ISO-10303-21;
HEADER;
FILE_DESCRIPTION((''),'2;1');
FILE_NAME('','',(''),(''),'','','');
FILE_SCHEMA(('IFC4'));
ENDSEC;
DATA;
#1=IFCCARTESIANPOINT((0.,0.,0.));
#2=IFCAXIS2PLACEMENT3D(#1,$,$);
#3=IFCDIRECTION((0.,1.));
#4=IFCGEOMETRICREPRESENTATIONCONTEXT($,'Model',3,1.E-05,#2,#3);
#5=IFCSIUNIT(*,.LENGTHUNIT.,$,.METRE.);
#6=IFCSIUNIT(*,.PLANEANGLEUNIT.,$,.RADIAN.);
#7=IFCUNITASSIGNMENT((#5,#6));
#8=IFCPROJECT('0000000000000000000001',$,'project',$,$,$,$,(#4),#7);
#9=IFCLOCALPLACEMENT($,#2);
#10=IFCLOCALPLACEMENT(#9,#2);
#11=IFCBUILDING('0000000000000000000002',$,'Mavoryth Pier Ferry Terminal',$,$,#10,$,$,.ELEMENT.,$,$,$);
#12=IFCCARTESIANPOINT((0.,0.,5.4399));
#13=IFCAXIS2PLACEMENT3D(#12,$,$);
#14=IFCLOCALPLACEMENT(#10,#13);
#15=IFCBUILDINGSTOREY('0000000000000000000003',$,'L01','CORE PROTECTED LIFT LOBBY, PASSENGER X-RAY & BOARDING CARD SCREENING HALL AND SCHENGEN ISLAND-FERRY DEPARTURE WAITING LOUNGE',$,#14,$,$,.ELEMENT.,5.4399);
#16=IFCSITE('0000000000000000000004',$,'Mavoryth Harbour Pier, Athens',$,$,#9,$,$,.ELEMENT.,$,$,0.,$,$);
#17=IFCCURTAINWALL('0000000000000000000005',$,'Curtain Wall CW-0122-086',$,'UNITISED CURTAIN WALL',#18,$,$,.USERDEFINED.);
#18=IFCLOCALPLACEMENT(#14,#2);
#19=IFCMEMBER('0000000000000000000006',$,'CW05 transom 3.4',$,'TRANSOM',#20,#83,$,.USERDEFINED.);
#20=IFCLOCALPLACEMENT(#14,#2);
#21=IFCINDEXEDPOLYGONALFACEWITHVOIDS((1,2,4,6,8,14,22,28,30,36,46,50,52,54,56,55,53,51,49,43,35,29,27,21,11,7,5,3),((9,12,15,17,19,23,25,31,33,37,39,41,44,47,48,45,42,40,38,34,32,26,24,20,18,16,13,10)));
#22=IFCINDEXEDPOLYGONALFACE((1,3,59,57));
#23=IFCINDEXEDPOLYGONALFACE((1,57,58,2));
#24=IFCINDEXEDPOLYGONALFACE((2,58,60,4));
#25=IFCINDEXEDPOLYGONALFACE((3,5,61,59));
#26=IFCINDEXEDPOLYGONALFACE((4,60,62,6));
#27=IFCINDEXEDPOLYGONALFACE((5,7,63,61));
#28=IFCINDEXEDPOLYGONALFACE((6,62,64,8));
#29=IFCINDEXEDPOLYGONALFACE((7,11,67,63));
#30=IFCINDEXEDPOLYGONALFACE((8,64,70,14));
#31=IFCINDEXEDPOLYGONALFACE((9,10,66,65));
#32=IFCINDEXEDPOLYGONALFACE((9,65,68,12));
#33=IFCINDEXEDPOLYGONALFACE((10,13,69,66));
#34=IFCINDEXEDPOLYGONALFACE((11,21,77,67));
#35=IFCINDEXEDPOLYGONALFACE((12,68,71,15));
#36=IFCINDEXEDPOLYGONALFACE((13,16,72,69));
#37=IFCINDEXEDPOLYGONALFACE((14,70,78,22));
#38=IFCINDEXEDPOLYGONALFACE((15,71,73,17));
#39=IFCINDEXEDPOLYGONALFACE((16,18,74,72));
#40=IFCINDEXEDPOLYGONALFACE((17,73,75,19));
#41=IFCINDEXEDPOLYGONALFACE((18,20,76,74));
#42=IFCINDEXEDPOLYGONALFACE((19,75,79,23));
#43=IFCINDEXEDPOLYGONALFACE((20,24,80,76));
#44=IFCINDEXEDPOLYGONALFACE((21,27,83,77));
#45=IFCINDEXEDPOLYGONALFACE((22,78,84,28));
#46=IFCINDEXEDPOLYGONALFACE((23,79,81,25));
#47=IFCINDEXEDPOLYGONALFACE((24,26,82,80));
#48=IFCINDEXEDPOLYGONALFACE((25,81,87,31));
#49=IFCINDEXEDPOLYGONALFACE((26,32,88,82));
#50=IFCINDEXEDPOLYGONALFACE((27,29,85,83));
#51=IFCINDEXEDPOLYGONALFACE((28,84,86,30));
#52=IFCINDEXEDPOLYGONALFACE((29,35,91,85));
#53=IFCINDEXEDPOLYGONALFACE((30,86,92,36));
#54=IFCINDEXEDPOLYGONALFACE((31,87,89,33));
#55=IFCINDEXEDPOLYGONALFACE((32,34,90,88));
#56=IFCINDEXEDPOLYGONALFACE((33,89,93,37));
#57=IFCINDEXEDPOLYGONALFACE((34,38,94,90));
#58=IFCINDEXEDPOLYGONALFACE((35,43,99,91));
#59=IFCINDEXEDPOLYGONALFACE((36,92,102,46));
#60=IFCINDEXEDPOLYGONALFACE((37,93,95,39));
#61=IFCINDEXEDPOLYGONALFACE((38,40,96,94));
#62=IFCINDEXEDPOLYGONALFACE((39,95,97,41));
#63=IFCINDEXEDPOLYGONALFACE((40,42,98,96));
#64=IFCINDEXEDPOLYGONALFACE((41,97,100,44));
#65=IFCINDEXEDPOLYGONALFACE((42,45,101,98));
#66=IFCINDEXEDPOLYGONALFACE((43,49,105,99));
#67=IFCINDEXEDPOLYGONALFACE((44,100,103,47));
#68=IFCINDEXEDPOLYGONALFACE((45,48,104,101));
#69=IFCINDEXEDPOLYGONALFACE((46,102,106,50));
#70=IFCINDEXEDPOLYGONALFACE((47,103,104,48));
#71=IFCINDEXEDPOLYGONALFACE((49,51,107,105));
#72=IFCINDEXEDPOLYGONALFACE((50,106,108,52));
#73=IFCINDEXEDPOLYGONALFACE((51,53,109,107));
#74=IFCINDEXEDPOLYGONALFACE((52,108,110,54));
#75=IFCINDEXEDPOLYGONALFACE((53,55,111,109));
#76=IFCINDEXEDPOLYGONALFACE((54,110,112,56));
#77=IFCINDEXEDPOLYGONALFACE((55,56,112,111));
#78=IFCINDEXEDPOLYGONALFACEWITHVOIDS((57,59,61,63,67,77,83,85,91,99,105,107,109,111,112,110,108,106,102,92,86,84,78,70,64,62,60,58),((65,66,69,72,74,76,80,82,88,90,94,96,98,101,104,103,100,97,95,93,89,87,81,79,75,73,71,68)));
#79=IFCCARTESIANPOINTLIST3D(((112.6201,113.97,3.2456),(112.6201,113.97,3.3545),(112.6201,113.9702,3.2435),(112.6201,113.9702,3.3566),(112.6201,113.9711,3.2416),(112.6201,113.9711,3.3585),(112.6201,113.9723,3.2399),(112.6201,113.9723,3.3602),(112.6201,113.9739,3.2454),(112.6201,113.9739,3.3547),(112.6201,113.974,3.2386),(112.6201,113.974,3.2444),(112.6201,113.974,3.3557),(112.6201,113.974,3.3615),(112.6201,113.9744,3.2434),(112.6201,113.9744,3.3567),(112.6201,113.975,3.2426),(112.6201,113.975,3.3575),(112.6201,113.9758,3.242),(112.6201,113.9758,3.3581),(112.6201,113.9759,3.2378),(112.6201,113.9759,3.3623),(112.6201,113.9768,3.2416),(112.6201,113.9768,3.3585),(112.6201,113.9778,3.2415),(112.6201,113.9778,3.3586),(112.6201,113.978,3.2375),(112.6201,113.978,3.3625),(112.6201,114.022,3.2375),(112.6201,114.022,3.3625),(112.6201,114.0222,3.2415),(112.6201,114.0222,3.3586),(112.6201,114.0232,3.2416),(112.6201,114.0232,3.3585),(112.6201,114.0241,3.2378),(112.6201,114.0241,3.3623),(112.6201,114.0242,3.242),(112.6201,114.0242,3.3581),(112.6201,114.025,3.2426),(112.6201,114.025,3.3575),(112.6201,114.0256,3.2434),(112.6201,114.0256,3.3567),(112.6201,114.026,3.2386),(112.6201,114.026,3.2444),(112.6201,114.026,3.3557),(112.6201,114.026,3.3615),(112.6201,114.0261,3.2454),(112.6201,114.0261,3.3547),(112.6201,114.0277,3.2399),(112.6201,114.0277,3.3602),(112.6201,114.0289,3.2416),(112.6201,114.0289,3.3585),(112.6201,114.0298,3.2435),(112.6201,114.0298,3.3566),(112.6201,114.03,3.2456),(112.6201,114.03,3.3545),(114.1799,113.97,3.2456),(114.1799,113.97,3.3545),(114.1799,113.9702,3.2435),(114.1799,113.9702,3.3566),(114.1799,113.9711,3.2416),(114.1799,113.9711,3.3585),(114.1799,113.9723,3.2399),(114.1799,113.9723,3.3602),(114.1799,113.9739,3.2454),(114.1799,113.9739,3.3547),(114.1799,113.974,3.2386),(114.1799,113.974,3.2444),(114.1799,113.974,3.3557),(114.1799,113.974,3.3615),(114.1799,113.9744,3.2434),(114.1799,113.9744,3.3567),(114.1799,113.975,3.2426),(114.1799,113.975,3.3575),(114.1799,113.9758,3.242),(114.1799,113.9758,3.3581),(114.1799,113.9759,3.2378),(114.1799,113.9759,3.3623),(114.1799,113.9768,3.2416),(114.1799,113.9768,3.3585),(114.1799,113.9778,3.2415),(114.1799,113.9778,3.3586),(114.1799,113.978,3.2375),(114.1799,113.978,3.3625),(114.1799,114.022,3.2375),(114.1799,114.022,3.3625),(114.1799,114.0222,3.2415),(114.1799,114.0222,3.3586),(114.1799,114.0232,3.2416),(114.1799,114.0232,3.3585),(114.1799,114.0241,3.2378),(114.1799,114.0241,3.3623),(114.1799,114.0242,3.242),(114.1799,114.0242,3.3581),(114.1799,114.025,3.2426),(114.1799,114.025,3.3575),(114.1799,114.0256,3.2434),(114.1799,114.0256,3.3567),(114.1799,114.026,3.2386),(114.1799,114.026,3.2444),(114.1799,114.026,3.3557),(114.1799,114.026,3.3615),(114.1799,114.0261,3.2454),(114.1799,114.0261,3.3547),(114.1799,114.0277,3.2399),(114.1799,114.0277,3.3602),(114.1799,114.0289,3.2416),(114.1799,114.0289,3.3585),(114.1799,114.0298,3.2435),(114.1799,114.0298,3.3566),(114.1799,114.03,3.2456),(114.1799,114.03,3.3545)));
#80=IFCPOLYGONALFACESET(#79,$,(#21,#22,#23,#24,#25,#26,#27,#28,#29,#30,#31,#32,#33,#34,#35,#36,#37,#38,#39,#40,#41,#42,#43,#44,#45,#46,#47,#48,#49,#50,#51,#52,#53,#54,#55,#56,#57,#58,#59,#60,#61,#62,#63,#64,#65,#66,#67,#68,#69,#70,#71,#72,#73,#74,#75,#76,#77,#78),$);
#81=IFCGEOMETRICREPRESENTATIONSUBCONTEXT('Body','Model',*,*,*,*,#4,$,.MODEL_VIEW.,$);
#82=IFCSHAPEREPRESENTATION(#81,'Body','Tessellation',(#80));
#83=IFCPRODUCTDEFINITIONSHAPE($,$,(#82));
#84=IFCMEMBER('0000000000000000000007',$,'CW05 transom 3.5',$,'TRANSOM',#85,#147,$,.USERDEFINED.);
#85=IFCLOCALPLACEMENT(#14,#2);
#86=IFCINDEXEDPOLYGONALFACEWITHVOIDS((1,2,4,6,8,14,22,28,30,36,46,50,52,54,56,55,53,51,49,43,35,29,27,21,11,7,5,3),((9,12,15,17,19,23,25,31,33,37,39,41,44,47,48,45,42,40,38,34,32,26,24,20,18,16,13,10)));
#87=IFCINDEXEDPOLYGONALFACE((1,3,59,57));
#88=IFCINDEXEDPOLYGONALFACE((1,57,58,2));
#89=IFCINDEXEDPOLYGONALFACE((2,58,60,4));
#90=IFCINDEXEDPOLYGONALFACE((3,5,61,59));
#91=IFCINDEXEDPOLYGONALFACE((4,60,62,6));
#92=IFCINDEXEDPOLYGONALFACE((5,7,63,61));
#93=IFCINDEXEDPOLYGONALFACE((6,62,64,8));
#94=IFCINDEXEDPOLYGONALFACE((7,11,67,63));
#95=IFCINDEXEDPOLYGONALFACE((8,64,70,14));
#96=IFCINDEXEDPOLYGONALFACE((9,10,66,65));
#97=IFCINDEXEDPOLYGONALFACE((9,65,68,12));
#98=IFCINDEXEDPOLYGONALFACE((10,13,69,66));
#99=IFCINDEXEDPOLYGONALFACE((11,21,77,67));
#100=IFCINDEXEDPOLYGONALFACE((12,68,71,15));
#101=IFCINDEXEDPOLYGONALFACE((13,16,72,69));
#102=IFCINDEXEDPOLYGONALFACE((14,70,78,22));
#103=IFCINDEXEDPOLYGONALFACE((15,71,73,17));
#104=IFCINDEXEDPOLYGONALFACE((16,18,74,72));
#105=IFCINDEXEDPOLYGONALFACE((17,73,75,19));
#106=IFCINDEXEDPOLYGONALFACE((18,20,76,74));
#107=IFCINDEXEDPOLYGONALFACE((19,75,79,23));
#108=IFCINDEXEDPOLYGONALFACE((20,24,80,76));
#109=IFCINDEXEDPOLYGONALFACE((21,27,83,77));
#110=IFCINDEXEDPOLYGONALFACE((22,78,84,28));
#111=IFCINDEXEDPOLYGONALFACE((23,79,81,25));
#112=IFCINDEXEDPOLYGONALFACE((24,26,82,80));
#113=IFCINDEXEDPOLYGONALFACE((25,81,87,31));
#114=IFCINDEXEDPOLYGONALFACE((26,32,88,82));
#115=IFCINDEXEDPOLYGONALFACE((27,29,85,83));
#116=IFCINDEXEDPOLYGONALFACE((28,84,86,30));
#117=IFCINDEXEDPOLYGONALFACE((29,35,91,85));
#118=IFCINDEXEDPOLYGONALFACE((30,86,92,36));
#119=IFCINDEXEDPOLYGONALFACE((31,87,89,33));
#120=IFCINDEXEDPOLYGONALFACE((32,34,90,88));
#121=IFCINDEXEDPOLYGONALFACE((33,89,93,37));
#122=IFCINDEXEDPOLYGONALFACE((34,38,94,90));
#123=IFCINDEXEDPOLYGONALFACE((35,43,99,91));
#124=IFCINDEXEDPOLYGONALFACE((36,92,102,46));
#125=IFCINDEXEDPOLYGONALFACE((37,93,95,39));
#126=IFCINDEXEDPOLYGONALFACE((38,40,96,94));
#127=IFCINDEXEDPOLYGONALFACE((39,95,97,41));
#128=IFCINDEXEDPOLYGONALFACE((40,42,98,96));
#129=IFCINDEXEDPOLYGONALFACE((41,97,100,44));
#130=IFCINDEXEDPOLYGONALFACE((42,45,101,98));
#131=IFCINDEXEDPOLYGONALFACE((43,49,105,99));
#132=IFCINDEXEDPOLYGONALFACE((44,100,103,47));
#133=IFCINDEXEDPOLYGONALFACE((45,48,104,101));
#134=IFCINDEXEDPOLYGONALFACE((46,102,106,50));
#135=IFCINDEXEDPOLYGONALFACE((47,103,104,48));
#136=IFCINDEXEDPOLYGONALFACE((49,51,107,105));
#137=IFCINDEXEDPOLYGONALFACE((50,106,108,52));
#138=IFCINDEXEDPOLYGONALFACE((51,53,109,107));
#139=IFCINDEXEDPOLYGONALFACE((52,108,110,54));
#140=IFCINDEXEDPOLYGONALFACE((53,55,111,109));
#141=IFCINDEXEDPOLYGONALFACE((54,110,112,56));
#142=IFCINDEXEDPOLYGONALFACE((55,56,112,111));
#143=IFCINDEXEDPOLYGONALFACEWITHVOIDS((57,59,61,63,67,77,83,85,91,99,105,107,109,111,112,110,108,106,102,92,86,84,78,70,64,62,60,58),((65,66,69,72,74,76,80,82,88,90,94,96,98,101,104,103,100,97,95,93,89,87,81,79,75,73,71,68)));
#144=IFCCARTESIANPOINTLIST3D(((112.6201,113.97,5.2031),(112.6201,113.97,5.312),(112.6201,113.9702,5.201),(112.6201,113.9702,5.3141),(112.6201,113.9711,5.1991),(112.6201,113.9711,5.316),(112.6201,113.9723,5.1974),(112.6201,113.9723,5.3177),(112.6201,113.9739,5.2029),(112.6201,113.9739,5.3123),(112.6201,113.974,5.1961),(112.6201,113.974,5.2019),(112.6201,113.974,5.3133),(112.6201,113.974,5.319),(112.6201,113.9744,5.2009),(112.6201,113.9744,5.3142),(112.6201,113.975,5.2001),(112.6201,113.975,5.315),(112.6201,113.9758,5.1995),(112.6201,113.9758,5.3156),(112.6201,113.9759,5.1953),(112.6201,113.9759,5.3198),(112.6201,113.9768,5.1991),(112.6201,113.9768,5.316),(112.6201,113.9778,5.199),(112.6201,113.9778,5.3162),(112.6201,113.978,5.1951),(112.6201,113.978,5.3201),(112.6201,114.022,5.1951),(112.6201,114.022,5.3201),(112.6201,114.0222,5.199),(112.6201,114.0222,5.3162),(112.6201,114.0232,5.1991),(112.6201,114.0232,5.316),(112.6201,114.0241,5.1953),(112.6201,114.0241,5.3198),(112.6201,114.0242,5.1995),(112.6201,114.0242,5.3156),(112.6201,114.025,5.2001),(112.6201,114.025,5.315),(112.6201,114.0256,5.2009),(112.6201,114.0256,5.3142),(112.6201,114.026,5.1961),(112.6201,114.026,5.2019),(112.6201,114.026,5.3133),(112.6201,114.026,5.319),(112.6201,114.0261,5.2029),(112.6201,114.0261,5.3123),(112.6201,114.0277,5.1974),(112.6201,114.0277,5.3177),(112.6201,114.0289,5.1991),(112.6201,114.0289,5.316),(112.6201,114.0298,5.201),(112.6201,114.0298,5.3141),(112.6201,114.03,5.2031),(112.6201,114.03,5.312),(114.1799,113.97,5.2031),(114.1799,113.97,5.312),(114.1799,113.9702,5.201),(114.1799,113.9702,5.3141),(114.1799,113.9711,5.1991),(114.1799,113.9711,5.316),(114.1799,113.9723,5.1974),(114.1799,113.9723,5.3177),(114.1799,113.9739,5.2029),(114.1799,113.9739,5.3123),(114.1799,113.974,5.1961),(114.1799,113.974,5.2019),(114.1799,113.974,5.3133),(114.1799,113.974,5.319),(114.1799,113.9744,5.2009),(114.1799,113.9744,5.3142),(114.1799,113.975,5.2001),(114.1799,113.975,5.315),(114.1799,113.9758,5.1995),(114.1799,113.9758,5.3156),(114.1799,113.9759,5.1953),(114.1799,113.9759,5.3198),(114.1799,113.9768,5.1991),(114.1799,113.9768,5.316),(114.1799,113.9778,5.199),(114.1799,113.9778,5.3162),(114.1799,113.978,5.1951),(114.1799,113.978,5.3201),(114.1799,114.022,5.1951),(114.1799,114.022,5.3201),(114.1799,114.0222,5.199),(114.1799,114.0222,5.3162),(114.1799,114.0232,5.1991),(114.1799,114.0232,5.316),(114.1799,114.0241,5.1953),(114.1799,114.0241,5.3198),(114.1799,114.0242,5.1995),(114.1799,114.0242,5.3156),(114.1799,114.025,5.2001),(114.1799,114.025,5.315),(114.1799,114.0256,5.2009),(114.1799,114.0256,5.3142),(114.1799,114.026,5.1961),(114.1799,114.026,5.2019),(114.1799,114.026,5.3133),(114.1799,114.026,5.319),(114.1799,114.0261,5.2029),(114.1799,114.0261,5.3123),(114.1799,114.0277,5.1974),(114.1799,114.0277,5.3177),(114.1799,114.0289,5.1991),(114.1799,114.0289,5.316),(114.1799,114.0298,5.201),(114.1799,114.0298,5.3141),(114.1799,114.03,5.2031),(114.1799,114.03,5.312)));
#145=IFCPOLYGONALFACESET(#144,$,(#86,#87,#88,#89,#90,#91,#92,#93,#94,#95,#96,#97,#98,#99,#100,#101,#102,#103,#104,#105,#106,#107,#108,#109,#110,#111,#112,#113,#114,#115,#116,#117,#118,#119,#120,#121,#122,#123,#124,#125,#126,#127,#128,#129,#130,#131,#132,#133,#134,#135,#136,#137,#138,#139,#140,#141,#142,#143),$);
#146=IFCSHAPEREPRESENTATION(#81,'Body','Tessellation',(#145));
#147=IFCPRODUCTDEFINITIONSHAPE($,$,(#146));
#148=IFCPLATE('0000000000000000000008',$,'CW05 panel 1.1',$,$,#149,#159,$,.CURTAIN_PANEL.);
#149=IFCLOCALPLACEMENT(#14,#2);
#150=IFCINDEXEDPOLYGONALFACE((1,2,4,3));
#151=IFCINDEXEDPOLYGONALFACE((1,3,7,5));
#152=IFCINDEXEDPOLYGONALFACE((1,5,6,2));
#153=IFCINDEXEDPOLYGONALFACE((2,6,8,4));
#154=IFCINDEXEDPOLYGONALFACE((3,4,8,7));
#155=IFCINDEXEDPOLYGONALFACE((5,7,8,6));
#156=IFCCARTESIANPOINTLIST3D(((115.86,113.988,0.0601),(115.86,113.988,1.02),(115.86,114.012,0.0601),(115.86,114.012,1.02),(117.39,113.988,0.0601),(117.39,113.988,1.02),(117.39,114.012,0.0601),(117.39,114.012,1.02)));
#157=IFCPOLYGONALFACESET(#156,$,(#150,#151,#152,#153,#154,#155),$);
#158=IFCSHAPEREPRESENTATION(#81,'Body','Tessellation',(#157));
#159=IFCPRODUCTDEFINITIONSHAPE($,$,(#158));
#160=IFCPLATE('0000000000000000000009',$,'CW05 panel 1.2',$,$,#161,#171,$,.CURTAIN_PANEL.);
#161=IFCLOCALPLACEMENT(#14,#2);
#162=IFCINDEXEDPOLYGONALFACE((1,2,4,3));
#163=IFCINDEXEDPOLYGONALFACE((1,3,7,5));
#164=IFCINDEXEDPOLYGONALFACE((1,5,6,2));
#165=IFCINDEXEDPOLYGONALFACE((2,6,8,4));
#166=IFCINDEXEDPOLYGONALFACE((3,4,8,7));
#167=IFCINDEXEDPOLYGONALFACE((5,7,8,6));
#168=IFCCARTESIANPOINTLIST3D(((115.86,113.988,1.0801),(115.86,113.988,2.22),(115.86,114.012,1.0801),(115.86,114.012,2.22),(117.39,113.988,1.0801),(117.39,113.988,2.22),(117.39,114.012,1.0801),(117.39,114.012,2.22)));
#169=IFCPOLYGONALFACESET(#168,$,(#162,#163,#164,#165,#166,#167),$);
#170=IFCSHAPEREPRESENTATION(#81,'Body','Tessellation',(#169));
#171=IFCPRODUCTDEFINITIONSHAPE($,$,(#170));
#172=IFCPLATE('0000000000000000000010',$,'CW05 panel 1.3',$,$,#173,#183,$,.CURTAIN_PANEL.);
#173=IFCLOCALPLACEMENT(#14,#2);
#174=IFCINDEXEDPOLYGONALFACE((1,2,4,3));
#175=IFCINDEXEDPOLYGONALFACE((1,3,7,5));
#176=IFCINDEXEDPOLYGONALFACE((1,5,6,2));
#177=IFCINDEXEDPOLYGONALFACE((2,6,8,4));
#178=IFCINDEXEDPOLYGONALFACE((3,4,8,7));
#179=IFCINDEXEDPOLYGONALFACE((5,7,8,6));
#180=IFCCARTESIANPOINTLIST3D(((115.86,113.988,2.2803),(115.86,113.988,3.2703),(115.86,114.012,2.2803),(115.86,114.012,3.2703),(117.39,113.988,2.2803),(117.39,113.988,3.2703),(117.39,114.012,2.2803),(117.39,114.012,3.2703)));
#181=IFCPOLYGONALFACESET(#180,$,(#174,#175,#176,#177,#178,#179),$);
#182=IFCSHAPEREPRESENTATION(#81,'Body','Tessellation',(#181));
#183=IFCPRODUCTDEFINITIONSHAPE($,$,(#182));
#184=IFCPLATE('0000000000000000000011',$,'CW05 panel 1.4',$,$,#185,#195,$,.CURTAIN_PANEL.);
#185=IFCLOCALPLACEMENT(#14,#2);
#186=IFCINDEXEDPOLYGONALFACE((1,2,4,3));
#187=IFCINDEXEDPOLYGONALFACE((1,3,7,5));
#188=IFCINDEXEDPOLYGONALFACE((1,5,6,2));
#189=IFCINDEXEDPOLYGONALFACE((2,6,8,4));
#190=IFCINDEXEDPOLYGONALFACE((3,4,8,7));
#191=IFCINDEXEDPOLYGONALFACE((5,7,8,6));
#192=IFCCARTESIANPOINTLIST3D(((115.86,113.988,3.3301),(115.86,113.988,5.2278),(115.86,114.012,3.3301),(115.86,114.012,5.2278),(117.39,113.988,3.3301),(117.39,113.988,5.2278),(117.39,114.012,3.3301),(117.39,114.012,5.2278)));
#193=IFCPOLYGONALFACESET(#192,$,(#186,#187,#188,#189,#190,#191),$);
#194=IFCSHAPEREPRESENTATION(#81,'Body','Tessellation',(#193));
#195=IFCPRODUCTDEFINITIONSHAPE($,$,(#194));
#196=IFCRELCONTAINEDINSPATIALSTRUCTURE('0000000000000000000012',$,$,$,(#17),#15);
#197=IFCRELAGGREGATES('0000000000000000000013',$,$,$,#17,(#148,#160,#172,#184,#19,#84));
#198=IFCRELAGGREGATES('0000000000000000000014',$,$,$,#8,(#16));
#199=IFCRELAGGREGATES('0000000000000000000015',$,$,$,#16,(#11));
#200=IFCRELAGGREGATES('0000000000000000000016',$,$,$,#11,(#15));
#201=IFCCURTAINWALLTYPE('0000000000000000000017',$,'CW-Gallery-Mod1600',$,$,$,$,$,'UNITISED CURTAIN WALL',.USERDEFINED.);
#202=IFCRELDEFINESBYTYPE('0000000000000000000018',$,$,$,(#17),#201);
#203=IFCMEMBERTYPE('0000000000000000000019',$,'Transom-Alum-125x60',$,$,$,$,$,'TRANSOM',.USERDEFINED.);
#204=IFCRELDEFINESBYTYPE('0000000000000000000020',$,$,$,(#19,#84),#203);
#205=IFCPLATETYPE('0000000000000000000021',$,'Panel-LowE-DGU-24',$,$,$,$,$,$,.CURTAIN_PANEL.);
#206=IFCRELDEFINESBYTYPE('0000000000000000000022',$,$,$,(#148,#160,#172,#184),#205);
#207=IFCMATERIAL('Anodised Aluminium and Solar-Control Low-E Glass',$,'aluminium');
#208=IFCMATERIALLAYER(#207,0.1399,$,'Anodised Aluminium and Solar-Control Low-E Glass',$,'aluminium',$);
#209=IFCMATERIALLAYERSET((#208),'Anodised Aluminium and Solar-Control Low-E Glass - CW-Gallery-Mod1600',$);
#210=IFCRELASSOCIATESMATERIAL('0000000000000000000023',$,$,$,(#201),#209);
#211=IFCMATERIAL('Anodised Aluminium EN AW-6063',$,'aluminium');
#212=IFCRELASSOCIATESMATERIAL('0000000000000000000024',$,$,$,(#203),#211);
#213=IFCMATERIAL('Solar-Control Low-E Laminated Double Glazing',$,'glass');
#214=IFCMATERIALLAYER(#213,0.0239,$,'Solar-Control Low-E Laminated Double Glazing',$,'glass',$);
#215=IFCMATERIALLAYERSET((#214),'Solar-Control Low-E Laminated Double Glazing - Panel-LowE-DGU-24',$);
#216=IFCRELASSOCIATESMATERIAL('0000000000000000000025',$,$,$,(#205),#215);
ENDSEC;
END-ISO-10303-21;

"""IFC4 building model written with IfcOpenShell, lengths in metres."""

from ifc_helpers import new_model, si_unit, direction, frame, origin, origin_2d, place, context, subcontext, project, spatial, rectangle, hollow_rectangle, extrude, material, layer, layer_set, material_profile, profile_set, type_object, element, aggregate, save


model = new_model("IFC4")

# Units and contexts
model_context = context("Model", 3, precision=1e-05, world=origin(), true_north=direction((0.0, 1.0)))
body_context = subcontext(model_context, "Body", "Model", "MODEL_VIEW")
ifc_project = project(units=[si_unit("LENGTHUNIT", "METRE"), si_unit("PLANEANGLEUNIT", "RADIAN")], contexts=[model_context])

# Site, building, storey
site_placement = place(None, origin())
site = spatial("IfcSite", under=ifc_project, at=site_placement, Name="Mavoryth Harbour Pier, Athens", CompositionType="ELEMENT", RefElevation=0.0)
building_placement = place(site_placement, origin())
building = spatial("IfcBuilding", under=site, at=building_placement, Name="Mavoryth Pier Ferry Terminal", CompositionType="ELEMENT")
storey_placement = place(building_placement, frame((0.0, 0.0, 5.4399)))
storey = spatial("IfcBuildingStorey", under=building, at=storey_placement, Name="L01", Description="CORE PROTECTED LIFT LOBBY, PASSENGER X-RAY & BOARDING CARD SCREENING HALL AND SCHENGEN ISLAND-FERRY DEPARTURE WAITING LOUNGE", CompositionType="ELEMENT", Elevation=5.4399)

# Curtain wall
ifc_material_1 = material(Name="Anodised Aluminium and Solar-Control Low-E Glass", Category="aluminium")
ifc_layer_1 = layer(ifc_material_1, 0.1399, Name="Anodised Aluminium and Solar-Control Low-E Glass", Category="aluminium")
ifc_layer_set_1 = layer_set([ifc_layer_1], Name="Anodised Aluminium and Solar-Control Low-E Glass - CW-Gallery-Mod1600")
curtain_wall_type = type_object("IfcCurtainWallType", Name="CW-Gallery-Mod1600", ElementType="UNITISED CURTAIN WALL", PredefinedType="USERDEFINED", material=ifc_layer_set_1)
curtain_wall_1_placement = place(storey_placement, origin())
curtain_wall_1 = element("IfcCurtainWall", 1, at=curtain_wall_1_placement, inside=storey, type_object=curtain_wall_type, Name="Curtain Wall CW-0122-086", ObjectType="UNITISED CURTAIN WALL", PredefinedType="USERDEFINED")
ifc_material_2 = material(Name="Anodised Aluminium EN AW-6063", Category="aluminium")

# Members
ifc_material_profile_1 = material_profile(ifc_material_2, hollow_rectangle(XDim=0.0601, YDim=0.125, WallThickness=0.0039, InnerFilletRadius=0.0039, OuterFilletRadius=0.0081, at=origin_2d()), Name="AL-TRAN 125x60x4", Category="aluminium")
ifc_profile_set_1 = profile_set([ifc_material_profile_1], Name="Anodised Aluminium EN AW-6063 - AL-TRAN 125x60x4")
member_type_1 = type_object("IfcMemberType", Name="Transom-Alum-125x60", ElementType="TRANSOM", PredefinedType="USERDEFINED", material=ifc_profile_set_1)
member_1_placement = place(storey_placement, frame((114.1799, 114.0, 3.3), z_axis=(-1.0, 0.0, 0.0), x_axis=(0.0, -1.0, 0.0)))
member_1 = element("IfcMember", 2, at=member_1_placement, type_object=member_type_1, Name="CW05 transom 3.4", ObjectType="TRANSOM", PredefinedType="USERDEFINED", context=body_context, shape_type="SweptSolid", body=[
    extrude(hollow_rectangle(XDim=0.0601, YDim=0.125, WallThickness=0.0039, InnerFilletRadius=0.0039, OuterFilletRadius=0.0081, at=origin_2d()), origin(), (0.0, 0.0, 1.0), 1.5598),
])
member_2_placement = place(storey_placement, frame((114.1799, 114.0, 5.2576), z_axis=(-1.0, 0.0, 0.0), x_axis=(0.0, -1.0, 0.0)))
member_2 = element("IfcMember", 3, at=member_2_placement, type_object=member_type_1, Name="CW05 transom 3.5", ObjectType="TRANSOM", PredefinedType="USERDEFINED", context=body_context, shape_type="SweptSolid", body=[
    extrude(hollow_rectangle(XDim=0.0601, YDim=0.125, WallThickness=0.0039, InnerFilletRadius=0.0039, OuterFilletRadius=0.0081, at=origin_2d()), origin(), (0.0, 0.0, 1.0), 1.5598),
])

# Plates
ifc_material_3 = material(Name="Solar-Control Low-E Laminated Double Glazing", Category="glass")
ifc_layer_2 = layer(ifc_material_3, 0.0239, Name="Solar-Control Low-E Laminated Double Glazing", Category="glass")
ifc_layer_set_2 = layer_set([ifc_layer_2], Name="Solar-Control Low-E Laminated Double Glazing - Panel-LowE-DGU-24")
plate_type_1 = type_object("IfcPlateType", Name="Panel-LowE-DGU-24", PredefinedType="CURTAIN_PANEL", material=ifc_layer_set_2)
plate_1_placement = place(storey_placement, frame((116.625, 114.0, 0.0601), z_axis=(0.0, 0.0, 1.0), x_axis=(-1.0, 0.0, 0.0)))
plate_1 = element("IfcPlate", 4, at=plate_1_placement, type_object=plate_type_1, Name="CW05 panel 1.1", PredefinedType="CURTAIN_PANEL", context=body_context, shape_type="SweptSolid", body=[
    extrude(rectangle(XDim=1.53, YDim=0.0239, at=origin_2d()), origin(), (0.0, 0.0, 1.0), 0.96),
])
plate_2_placement = place(storey_placement, frame((116.625, 114.0, 1.0801), z_axis=(0.0, 0.0, 1.0), x_axis=(-1.0, 0.0, 0.0)))
plate_2 = element("IfcPlate", 5, at=plate_2_placement, type_object=plate_type_1, Name="CW05 panel 1.2", PredefinedType="CURTAIN_PANEL", context=body_context, shape_type="SweptSolid", body=[
    extrude(rectangle(XDim=1.53, YDim=0.0239, at=origin_2d()), origin(), (0.0, 0.0, 1.0), 1.1399),
])
plate_3_placement = place(storey_placement, frame((116.625, 114.0, 2.2803), z_axis=(0.0, 0.0, 1.0), x_axis=(-1.0, 0.0, 0.0)))
plate_3 = element("IfcPlate", 6, at=plate_3_placement, type_object=plate_type_1, Name="CW05 panel 1.3", PredefinedType="CURTAIN_PANEL", context=body_context, shape_type="SweptSolid", body=[
    extrude(rectangle(XDim=1.53, YDim=0.0239, at=origin_2d()), origin(), (0.0, 0.0, 1.0), 0.99),
])
plate_4_placement = place(storey_placement, frame((116.625, 114.0, 3.3301), z_axis=(0.0, 0.0, 1.0), x_axis=(-1.0, 0.0, 0.0)))
plate_4 = element("IfcPlate", 7, at=plate_4_placement, type_object=plate_type_1, Name="CW05 panel 1.4", PredefinedType="CURTAIN_PANEL", context=body_context, shape_type="SweptSolid", body=[
    extrude(rectangle(XDim=1.53, YDim=0.0239, at=origin_2d()), origin(), (0.0, 0.0, 1.0), 1.8977),
])
aggregate(curtain_wall_1, [plate_1, plate_2, plate_3, plate_4, member_1, member_2])

save(model, "model.ifc")
